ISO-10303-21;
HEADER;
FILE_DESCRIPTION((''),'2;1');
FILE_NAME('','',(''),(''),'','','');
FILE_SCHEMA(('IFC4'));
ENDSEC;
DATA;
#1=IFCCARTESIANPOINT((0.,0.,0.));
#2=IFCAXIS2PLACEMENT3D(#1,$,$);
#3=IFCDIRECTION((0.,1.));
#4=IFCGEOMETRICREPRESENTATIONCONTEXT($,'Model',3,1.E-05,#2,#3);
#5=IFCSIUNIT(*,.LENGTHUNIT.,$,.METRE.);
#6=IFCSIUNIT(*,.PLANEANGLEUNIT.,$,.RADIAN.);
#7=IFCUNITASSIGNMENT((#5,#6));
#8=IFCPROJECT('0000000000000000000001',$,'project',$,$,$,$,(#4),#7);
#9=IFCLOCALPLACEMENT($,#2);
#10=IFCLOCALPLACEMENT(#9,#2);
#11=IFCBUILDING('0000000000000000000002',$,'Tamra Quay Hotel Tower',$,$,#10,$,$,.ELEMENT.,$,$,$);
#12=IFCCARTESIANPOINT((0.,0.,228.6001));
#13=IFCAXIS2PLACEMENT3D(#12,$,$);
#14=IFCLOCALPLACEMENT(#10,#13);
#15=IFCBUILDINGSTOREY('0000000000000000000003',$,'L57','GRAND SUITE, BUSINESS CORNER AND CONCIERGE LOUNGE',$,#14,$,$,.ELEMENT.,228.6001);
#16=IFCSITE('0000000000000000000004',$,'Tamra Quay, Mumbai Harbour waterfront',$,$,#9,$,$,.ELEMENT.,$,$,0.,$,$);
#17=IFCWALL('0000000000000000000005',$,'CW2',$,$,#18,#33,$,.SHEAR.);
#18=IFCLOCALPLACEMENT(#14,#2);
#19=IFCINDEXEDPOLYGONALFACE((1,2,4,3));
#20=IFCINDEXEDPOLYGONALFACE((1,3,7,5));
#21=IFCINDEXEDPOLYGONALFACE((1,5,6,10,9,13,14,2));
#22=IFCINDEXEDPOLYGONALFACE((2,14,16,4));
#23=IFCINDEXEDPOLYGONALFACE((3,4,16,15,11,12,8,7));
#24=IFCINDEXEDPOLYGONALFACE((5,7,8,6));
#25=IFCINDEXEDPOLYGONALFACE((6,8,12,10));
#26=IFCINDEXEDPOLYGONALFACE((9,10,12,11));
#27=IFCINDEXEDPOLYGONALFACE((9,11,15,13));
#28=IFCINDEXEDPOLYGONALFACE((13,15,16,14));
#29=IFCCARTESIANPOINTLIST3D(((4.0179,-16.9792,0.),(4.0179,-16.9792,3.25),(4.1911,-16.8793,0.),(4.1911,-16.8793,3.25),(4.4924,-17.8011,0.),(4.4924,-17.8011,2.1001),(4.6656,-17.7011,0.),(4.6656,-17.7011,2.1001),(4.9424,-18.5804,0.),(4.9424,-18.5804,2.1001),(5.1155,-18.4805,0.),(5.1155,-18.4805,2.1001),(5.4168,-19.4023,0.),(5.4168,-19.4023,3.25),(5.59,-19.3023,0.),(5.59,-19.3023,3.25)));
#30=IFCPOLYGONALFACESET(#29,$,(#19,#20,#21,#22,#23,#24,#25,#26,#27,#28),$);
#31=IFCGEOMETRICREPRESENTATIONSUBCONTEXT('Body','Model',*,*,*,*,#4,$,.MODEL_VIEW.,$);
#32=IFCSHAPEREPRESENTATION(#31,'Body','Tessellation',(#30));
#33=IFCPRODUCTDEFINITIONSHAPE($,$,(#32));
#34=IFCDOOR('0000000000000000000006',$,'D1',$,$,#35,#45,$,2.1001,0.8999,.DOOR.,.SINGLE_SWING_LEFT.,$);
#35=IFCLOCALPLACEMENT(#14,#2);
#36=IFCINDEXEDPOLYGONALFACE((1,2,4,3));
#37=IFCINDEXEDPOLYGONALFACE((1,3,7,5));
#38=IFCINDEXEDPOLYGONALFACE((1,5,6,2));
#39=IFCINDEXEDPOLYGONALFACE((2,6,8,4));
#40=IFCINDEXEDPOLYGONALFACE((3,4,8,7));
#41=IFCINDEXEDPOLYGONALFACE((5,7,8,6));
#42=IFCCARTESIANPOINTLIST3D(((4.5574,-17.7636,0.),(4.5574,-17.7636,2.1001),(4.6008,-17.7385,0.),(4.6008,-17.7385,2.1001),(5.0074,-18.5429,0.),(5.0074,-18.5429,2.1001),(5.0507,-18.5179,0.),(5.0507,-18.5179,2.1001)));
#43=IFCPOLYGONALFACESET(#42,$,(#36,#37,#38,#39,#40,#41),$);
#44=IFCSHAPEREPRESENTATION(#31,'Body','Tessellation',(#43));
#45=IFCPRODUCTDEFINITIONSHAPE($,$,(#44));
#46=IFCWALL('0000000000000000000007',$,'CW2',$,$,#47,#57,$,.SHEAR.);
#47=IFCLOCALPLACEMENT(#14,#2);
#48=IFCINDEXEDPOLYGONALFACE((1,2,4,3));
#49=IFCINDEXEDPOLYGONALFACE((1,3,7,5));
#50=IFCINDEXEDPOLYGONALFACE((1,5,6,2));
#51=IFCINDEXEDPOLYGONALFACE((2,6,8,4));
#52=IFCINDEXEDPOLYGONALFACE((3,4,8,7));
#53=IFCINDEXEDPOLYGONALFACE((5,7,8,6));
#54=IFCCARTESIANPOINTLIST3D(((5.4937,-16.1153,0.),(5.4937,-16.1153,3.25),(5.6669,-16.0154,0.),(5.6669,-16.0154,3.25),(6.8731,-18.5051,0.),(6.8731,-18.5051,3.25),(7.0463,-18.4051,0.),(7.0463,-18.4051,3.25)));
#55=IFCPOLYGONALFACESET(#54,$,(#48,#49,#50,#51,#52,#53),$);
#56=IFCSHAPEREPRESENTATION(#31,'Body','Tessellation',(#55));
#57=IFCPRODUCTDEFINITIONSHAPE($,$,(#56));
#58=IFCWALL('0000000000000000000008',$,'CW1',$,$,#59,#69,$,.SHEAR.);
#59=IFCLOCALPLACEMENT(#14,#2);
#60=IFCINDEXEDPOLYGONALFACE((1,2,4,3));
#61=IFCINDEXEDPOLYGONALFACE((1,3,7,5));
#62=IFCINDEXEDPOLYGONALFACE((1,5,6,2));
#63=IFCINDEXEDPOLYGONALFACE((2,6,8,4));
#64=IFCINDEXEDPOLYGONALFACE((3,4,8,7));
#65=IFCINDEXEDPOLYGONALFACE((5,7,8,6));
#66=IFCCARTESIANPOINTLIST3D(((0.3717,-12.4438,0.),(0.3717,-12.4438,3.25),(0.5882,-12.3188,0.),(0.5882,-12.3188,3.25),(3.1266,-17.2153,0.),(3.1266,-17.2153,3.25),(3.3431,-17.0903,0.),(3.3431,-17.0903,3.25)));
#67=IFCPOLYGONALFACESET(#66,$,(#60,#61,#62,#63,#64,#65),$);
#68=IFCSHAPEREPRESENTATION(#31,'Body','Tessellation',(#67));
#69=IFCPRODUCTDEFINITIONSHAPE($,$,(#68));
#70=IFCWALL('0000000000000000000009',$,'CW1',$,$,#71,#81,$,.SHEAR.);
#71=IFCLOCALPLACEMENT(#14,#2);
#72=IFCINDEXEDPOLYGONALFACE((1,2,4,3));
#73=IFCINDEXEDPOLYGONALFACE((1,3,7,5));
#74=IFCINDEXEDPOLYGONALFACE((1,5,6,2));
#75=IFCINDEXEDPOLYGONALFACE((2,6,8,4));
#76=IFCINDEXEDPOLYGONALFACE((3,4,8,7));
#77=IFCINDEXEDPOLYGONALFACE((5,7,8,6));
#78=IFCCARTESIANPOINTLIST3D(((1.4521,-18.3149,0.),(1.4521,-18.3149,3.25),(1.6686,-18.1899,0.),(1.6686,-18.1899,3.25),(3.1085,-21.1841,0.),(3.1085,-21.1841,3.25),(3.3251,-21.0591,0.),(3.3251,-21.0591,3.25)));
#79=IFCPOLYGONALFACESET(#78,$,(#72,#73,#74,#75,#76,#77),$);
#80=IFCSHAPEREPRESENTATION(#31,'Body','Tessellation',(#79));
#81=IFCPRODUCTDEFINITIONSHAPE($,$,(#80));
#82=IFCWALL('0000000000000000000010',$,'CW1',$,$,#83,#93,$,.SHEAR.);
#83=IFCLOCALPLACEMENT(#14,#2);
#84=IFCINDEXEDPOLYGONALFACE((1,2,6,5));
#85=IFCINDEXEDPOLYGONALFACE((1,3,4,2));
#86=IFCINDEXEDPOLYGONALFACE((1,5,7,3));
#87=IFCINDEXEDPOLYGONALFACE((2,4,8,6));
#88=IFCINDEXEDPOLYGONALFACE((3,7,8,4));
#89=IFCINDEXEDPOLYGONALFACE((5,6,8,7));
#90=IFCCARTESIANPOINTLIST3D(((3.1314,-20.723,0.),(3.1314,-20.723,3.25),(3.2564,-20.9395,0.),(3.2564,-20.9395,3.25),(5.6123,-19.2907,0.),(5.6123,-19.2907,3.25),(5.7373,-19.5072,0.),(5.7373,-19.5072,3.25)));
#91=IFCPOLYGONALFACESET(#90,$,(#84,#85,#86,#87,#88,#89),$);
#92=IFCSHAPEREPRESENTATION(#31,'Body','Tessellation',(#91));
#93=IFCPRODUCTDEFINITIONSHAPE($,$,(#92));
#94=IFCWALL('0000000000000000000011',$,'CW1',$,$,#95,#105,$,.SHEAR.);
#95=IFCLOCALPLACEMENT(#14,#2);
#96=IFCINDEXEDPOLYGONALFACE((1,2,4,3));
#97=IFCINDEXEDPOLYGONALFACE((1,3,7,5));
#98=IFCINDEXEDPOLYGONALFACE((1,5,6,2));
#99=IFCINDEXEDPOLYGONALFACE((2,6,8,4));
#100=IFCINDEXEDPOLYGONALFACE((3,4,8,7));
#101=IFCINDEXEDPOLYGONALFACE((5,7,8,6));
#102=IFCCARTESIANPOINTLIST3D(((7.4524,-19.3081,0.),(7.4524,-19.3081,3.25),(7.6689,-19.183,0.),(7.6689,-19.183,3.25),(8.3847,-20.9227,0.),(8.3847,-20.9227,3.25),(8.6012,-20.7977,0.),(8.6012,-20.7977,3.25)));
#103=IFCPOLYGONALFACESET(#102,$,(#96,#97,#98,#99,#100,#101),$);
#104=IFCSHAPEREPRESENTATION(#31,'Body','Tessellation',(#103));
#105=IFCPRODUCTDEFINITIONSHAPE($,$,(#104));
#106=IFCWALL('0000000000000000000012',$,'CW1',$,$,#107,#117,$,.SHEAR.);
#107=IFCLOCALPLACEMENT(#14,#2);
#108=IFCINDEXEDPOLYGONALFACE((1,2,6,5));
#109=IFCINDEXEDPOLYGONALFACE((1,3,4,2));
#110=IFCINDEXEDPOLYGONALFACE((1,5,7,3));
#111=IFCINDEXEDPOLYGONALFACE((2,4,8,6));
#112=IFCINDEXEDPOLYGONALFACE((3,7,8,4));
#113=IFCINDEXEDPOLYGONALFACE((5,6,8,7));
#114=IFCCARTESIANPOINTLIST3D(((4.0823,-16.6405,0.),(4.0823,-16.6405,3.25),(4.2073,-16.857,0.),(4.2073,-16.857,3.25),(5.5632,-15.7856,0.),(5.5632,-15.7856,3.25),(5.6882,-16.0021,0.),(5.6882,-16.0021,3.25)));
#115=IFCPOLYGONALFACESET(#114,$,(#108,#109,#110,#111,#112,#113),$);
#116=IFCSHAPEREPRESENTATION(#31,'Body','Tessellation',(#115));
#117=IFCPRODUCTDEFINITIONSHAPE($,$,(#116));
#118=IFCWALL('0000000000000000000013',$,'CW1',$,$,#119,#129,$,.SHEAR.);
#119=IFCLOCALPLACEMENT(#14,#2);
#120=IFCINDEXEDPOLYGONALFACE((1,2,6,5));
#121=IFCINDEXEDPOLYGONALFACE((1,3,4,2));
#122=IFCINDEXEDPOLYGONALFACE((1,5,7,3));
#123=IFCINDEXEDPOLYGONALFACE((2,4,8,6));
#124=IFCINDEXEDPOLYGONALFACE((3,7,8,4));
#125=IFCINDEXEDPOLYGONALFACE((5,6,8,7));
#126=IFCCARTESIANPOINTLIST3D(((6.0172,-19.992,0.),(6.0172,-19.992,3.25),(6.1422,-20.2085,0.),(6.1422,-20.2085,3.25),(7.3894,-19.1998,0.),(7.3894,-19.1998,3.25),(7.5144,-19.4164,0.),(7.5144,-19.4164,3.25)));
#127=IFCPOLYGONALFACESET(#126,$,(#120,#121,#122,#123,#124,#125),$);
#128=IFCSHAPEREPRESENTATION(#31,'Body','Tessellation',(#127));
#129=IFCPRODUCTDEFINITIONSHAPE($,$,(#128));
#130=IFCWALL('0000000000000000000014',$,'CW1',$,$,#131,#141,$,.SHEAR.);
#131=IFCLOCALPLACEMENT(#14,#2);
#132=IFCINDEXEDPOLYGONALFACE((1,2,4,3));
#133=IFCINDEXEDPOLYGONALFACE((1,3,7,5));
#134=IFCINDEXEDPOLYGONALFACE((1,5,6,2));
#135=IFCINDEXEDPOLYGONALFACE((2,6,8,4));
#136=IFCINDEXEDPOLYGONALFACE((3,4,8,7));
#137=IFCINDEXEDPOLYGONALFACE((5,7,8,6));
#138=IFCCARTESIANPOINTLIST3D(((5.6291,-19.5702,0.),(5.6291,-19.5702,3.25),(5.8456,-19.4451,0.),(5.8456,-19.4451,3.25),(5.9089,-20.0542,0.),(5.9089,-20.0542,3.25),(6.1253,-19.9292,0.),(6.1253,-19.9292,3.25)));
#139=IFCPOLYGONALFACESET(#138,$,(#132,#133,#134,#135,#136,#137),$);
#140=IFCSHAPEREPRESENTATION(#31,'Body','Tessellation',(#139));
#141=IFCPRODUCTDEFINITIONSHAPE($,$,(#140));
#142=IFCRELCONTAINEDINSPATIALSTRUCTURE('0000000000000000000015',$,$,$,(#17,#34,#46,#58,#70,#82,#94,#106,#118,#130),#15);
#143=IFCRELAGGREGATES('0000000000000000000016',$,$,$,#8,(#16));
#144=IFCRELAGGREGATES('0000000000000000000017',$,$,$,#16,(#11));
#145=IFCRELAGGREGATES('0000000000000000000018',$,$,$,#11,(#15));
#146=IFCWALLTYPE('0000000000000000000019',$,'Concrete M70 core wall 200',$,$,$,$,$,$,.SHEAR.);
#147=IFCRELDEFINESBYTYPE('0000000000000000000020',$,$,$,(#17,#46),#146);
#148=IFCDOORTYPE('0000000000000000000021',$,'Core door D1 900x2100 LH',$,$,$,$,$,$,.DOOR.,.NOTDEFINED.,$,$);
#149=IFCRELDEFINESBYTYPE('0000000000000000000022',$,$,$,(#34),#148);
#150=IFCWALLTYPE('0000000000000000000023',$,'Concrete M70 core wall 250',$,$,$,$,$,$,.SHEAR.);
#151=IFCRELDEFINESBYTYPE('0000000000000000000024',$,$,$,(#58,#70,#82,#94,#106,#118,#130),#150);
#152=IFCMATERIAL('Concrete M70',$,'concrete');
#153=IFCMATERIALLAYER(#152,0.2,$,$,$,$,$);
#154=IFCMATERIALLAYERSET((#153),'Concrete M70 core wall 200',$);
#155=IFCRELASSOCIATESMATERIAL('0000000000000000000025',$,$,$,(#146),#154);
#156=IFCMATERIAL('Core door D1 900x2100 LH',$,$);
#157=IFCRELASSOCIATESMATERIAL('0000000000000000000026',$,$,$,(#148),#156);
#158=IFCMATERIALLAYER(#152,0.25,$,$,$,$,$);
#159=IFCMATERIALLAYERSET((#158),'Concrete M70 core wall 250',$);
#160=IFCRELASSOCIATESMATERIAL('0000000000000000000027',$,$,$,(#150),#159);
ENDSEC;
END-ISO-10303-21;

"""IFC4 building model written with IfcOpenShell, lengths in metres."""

from ifc_helpers import new_model, si_unit, direction, frame, frame_2d, origin, place, context, subcontext, project, spatial, rectangle, extrude, material, layer, layer_set, type_object, element, fill, save


model = new_model("IFC4")

# Units and contexts
model_context = context("Model", 3, precision=1e-05, world=origin(), true_north=direction((0.0, 1.0)))
body_context = subcontext(model_context, "Body", "Model", "MODEL_VIEW")
ifc_project = project(units=[si_unit("LENGTHUNIT", "METRE"), si_unit("PLANEANGLEUNIT", "RADIAN")], contexts=[model_context])

# Site, building, storey
site_placement = place(None, origin())
site = spatial("IfcSite", under=ifc_project, at=site_placement, Name="Tamra Quay, Mumbai Harbour waterfront", CompositionType="ELEMENT", RefElevation=0.0)
building_placement = place(site_placement, origin())
building = spatial("IfcBuilding", under=site, at=building_placement, Name="Tamra Quay Hotel Tower", CompositionType="ELEMENT")
storey_placement = place(building_placement, frame((0.0, 0.0, 228.6001)))
storey = spatial("IfcBuildingStorey", under=building, at=storey_placement, Name="L57", Description="GRAND SUITE, BUSINESS CORNER AND CONCIERGE LOUNGE", CompositionType="ELEMENT", Elevation=228.6001)

# Shared definitions
ifc_material_1 = material(Name="Concrete M70", Category="concrete")

# Shared definitions
ifc_layer_1 = layer(ifc_material_1, 0.2)
ifc_layer_set_1 = layer_set([ifc_layer_1], Name="Concrete M70 core wall 200")
wall_type_1 = type_object("IfcWallType", Name="Concrete M70 core wall 200", PredefinedType="SHEAR", material=ifc_layer_set_1)

# Wall, opening, door
wall_1_placement = place(storey_placement, frame((5.5034, -19.3523, 0.0), z_axis=(0.0, 0.0, 1.0), x_axis=(-0.499987, 0.866033, 0.0)))
wall_1 = element("IfcWall", 1, at=wall_1_placement, inside=storey, type_object=wall_type_1, Name="CW2", PredefinedType="SHEAR", context=body_context, shape_type="SweptSolid", body=[
    extrude(rectangle(XDim=2.7979, YDim=0.2, at=frame_2d((1.3989, 0.0))), origin(), (0.0, 0.0, 1.0), 3.25),
])
opening_1_placement = place(wall_1_placement, frame((0.949, 0.0, 0.0)))
opening_1 = element("IfcOpeningElement", 2, at=opening_1_placement, cuts=wall_1, PredefinedType="OPENING", context=body_context, shape_type="SweptSolid", body=[
    extrude(rectangle(XDim=0.8999, YDim=2.1001, at=frame_2d((0.45, 1.05))), frame((0.0, 0.1099, 0.0), z_axis=(0.0, -1.0, 0.0), x_axis=(1.0, 0.0, 0.0)), (0.0, 0.0, 1.0), 0.22),
])
ifc_material_2 = material(Name="Core door D1 900x2100 LH")
door_type_1 = type_object("IfcDoorType", Name="Core door D1 900x2100 LH", OperationType="NOTDEFINED", PredefinedType="DOOR", material=ifc_material_2)
door_1_placement = place(opening_1_placement, origin())
door_1 = element("IfcDoor", 3, at=door_1_placement, inside=storey, type_object=door_type_1, Name="D1", OperationType="SINGLE_SWING_LEFT", OverallHeight=2.1001, OverallWidth=0.8999, PredefinedType="DOOR", context=body_context, shape_type="SweptSolid", body=[
    extrude(rectangle(XDim=0.8999, YDim=2.1001, at=frame_2d((0.45, 1.05))), frame((0.0, 0.0249, 0.0), z_axis=(0.0, -1.0, 0.0), x_axis=(1.0, 0.0, 0.0)), (0.0, 0.0, 1.0), 0.05),
])
fill(opening_1, door_1)

# Walls
wall_2_placement = place(storey_placement, frame((6.9597, -18.4551, 0.0), z_axis=(0.0, 0.0, 1.0), x_axis=(-0.499927, 0.866068, 0.0)))
element("IfcWall", 4, at=wall_2_placement, inside=storey, type_object=wall_type_1, Name="CW2", PredefinedType="SHEAR", context=body_context, shape_type="SweptSolid", body=[
    extrude(rectangle(XDim=2.7593, YDim=0.2, at=frame_2d((1.3796, 0.0))), origin(), (0.0, 0.0, 1.0), 3.25),
])
ifc_layer_2 = layer(ifc_material_1, 0.25)
ifc_layer_set_2 = layer_set([ifc_layer_2], Name="Concrete M70 core wall 250")
wall_type_2 = type_object("IfcWallType", Name="Concrete M70 core wall 250", PredefinedType="SHEAR", material=ifc_layer_set_2)
wall_3_placement = place(storey_placement, frame((3.2349, -17.1528, 0.0), z_axis=(0.0, 0.0, 1.0), x_axis=(-0.500009, 0.86602, 0.0)))
element("IfcWall", 5, at=wall_3_placement, inside=storey, type_object=wall_type_2, Name="CW1", PredefinedType="SHEAR", context=body_context, shape_type="SweptSolid", body=[
    extrude(rectangle(XDim=5.5098, YDim=0.25, at=frame_2d((2.7549, 0.0))), origin(), (0.0, 0.0, 1.0), 3.25),
])
wall_4_placement = place(storey_placement, frame((3.2168, -21.1216, 0.0), z_axis=(0.0, 0.0, 1.0), x_axis=(-0.499999, 0.866026, 0.0)))
element("IfcWall", 6, at=wall_4_placement, inside=storey, type_object=wall_type_2, Name="CW1", PredefinedType="SHEAR", context=body_context, shape_type="SweptSolid", body=[
    extrude(rectangle(XDim=3.313, YDim=0.25, at=frame_2d((1.6565, 0.0))), origin(), (0.0, 0.0, 1.0), 3.25),
])
wall_5_placement = place(storey_placement, frame((5.6748, -19.3989, 0.0), z_axis=(0.0, 0.0, 1.0), x_axis=(-0.866027, -0.499998, 0.0)))
element("IfcWall", 7, at=wall_5_placement, inside=storey, type_object=wall_type_2, Name="CW1", PredefinedType="SHEAR", context=body_context, shape_type="SweptSolid", body=[
    extrude(rectangle(XDim=2.8647, YDim=0.25, at=frame_2d((1.4324, 0.0))), origin(), (0.0, 0.0, 1.0), 3.25),
])
wall_6_placement = place(storey_placement, frame((8.4929, -20.8601, 0.0), z_axis=(0.0, 0.0, 1.0), x_axis=(-0.50004, 0.866002, 0.0)))
element("IfcWall", 8, at=wall_6_placement, inside=storey, type_object=wall_type_2, Name="CW1", PredefinedType="SHEAR", context=body_context, shape_type="SweptSolid", body=[
    extrude(rectangle(XDim=1.8645, YDim=0.25, at=frame_2d((0.9321, 0.0))), origin(), (0.0, 0.0, 1.0), 3.25),
])
wall_7_placement = place(storey_placement, frame((4.1448, -16.7488, 0.0), z_axis=(0.0, 0.0, 1.0), x_axis=(0.866038, 0.499978, 0.0)))
element("IfcWall", 9, at=wall_7_placement, inside=storey, type_object=wall_type_2, Name="CW1", PredefinedType="SHEAR", context=body_context, shape_type="SweptSolid", body=[
    extrude(rectangle(XDim=1.71, YDim=0.25, at=frame_2d((0.855, 0.0))), origin(), (0.0, 0.0, 1.0), 3.25),
])
wall_8_placement = place(storey_placement, frame((7.4519, -19.3081, 0.0), z_axis=(0.0, 0.0, 1.0), x_axis=(-0.866044, -0.499967, 0.0)))
element("IfcWall", 10, at=wall_8_placement, inside=storey, type_object=wall_type_2, Name="CW1", PredefinedType="SHEAR", context=body_context, shape_type="SweptSolid", body=[
    extrude(rectangle(XDim=1.5845, YDim=0.25, at=frame_2d((0.7922, 0.0))), origin(), (0.0, 0.0, 1.0), 3.25),
])
wall_9_placement = place(storey_placement, frame((6.0171, -19.9917, 0.0), z_axis=(0.0, 0.0, 1.0), x_axis=(-0.500365, 0.865815, 0.0)))
element("IfcWall", 11, at=wall_9_placement, inside=storey, type_object=wall_type_2, Name="CW1", PredefinedType="SHEAR", context=body_context, shape_type="SweptSolid", body=[
    extrude(rectangle(XDim=0.5591, YDim=0.25, at=frame_2d((0.2795, 0.0))), origin(), (0.0, 0.0, 1.0), 3.25),
])

save(model, "model.ifc")
